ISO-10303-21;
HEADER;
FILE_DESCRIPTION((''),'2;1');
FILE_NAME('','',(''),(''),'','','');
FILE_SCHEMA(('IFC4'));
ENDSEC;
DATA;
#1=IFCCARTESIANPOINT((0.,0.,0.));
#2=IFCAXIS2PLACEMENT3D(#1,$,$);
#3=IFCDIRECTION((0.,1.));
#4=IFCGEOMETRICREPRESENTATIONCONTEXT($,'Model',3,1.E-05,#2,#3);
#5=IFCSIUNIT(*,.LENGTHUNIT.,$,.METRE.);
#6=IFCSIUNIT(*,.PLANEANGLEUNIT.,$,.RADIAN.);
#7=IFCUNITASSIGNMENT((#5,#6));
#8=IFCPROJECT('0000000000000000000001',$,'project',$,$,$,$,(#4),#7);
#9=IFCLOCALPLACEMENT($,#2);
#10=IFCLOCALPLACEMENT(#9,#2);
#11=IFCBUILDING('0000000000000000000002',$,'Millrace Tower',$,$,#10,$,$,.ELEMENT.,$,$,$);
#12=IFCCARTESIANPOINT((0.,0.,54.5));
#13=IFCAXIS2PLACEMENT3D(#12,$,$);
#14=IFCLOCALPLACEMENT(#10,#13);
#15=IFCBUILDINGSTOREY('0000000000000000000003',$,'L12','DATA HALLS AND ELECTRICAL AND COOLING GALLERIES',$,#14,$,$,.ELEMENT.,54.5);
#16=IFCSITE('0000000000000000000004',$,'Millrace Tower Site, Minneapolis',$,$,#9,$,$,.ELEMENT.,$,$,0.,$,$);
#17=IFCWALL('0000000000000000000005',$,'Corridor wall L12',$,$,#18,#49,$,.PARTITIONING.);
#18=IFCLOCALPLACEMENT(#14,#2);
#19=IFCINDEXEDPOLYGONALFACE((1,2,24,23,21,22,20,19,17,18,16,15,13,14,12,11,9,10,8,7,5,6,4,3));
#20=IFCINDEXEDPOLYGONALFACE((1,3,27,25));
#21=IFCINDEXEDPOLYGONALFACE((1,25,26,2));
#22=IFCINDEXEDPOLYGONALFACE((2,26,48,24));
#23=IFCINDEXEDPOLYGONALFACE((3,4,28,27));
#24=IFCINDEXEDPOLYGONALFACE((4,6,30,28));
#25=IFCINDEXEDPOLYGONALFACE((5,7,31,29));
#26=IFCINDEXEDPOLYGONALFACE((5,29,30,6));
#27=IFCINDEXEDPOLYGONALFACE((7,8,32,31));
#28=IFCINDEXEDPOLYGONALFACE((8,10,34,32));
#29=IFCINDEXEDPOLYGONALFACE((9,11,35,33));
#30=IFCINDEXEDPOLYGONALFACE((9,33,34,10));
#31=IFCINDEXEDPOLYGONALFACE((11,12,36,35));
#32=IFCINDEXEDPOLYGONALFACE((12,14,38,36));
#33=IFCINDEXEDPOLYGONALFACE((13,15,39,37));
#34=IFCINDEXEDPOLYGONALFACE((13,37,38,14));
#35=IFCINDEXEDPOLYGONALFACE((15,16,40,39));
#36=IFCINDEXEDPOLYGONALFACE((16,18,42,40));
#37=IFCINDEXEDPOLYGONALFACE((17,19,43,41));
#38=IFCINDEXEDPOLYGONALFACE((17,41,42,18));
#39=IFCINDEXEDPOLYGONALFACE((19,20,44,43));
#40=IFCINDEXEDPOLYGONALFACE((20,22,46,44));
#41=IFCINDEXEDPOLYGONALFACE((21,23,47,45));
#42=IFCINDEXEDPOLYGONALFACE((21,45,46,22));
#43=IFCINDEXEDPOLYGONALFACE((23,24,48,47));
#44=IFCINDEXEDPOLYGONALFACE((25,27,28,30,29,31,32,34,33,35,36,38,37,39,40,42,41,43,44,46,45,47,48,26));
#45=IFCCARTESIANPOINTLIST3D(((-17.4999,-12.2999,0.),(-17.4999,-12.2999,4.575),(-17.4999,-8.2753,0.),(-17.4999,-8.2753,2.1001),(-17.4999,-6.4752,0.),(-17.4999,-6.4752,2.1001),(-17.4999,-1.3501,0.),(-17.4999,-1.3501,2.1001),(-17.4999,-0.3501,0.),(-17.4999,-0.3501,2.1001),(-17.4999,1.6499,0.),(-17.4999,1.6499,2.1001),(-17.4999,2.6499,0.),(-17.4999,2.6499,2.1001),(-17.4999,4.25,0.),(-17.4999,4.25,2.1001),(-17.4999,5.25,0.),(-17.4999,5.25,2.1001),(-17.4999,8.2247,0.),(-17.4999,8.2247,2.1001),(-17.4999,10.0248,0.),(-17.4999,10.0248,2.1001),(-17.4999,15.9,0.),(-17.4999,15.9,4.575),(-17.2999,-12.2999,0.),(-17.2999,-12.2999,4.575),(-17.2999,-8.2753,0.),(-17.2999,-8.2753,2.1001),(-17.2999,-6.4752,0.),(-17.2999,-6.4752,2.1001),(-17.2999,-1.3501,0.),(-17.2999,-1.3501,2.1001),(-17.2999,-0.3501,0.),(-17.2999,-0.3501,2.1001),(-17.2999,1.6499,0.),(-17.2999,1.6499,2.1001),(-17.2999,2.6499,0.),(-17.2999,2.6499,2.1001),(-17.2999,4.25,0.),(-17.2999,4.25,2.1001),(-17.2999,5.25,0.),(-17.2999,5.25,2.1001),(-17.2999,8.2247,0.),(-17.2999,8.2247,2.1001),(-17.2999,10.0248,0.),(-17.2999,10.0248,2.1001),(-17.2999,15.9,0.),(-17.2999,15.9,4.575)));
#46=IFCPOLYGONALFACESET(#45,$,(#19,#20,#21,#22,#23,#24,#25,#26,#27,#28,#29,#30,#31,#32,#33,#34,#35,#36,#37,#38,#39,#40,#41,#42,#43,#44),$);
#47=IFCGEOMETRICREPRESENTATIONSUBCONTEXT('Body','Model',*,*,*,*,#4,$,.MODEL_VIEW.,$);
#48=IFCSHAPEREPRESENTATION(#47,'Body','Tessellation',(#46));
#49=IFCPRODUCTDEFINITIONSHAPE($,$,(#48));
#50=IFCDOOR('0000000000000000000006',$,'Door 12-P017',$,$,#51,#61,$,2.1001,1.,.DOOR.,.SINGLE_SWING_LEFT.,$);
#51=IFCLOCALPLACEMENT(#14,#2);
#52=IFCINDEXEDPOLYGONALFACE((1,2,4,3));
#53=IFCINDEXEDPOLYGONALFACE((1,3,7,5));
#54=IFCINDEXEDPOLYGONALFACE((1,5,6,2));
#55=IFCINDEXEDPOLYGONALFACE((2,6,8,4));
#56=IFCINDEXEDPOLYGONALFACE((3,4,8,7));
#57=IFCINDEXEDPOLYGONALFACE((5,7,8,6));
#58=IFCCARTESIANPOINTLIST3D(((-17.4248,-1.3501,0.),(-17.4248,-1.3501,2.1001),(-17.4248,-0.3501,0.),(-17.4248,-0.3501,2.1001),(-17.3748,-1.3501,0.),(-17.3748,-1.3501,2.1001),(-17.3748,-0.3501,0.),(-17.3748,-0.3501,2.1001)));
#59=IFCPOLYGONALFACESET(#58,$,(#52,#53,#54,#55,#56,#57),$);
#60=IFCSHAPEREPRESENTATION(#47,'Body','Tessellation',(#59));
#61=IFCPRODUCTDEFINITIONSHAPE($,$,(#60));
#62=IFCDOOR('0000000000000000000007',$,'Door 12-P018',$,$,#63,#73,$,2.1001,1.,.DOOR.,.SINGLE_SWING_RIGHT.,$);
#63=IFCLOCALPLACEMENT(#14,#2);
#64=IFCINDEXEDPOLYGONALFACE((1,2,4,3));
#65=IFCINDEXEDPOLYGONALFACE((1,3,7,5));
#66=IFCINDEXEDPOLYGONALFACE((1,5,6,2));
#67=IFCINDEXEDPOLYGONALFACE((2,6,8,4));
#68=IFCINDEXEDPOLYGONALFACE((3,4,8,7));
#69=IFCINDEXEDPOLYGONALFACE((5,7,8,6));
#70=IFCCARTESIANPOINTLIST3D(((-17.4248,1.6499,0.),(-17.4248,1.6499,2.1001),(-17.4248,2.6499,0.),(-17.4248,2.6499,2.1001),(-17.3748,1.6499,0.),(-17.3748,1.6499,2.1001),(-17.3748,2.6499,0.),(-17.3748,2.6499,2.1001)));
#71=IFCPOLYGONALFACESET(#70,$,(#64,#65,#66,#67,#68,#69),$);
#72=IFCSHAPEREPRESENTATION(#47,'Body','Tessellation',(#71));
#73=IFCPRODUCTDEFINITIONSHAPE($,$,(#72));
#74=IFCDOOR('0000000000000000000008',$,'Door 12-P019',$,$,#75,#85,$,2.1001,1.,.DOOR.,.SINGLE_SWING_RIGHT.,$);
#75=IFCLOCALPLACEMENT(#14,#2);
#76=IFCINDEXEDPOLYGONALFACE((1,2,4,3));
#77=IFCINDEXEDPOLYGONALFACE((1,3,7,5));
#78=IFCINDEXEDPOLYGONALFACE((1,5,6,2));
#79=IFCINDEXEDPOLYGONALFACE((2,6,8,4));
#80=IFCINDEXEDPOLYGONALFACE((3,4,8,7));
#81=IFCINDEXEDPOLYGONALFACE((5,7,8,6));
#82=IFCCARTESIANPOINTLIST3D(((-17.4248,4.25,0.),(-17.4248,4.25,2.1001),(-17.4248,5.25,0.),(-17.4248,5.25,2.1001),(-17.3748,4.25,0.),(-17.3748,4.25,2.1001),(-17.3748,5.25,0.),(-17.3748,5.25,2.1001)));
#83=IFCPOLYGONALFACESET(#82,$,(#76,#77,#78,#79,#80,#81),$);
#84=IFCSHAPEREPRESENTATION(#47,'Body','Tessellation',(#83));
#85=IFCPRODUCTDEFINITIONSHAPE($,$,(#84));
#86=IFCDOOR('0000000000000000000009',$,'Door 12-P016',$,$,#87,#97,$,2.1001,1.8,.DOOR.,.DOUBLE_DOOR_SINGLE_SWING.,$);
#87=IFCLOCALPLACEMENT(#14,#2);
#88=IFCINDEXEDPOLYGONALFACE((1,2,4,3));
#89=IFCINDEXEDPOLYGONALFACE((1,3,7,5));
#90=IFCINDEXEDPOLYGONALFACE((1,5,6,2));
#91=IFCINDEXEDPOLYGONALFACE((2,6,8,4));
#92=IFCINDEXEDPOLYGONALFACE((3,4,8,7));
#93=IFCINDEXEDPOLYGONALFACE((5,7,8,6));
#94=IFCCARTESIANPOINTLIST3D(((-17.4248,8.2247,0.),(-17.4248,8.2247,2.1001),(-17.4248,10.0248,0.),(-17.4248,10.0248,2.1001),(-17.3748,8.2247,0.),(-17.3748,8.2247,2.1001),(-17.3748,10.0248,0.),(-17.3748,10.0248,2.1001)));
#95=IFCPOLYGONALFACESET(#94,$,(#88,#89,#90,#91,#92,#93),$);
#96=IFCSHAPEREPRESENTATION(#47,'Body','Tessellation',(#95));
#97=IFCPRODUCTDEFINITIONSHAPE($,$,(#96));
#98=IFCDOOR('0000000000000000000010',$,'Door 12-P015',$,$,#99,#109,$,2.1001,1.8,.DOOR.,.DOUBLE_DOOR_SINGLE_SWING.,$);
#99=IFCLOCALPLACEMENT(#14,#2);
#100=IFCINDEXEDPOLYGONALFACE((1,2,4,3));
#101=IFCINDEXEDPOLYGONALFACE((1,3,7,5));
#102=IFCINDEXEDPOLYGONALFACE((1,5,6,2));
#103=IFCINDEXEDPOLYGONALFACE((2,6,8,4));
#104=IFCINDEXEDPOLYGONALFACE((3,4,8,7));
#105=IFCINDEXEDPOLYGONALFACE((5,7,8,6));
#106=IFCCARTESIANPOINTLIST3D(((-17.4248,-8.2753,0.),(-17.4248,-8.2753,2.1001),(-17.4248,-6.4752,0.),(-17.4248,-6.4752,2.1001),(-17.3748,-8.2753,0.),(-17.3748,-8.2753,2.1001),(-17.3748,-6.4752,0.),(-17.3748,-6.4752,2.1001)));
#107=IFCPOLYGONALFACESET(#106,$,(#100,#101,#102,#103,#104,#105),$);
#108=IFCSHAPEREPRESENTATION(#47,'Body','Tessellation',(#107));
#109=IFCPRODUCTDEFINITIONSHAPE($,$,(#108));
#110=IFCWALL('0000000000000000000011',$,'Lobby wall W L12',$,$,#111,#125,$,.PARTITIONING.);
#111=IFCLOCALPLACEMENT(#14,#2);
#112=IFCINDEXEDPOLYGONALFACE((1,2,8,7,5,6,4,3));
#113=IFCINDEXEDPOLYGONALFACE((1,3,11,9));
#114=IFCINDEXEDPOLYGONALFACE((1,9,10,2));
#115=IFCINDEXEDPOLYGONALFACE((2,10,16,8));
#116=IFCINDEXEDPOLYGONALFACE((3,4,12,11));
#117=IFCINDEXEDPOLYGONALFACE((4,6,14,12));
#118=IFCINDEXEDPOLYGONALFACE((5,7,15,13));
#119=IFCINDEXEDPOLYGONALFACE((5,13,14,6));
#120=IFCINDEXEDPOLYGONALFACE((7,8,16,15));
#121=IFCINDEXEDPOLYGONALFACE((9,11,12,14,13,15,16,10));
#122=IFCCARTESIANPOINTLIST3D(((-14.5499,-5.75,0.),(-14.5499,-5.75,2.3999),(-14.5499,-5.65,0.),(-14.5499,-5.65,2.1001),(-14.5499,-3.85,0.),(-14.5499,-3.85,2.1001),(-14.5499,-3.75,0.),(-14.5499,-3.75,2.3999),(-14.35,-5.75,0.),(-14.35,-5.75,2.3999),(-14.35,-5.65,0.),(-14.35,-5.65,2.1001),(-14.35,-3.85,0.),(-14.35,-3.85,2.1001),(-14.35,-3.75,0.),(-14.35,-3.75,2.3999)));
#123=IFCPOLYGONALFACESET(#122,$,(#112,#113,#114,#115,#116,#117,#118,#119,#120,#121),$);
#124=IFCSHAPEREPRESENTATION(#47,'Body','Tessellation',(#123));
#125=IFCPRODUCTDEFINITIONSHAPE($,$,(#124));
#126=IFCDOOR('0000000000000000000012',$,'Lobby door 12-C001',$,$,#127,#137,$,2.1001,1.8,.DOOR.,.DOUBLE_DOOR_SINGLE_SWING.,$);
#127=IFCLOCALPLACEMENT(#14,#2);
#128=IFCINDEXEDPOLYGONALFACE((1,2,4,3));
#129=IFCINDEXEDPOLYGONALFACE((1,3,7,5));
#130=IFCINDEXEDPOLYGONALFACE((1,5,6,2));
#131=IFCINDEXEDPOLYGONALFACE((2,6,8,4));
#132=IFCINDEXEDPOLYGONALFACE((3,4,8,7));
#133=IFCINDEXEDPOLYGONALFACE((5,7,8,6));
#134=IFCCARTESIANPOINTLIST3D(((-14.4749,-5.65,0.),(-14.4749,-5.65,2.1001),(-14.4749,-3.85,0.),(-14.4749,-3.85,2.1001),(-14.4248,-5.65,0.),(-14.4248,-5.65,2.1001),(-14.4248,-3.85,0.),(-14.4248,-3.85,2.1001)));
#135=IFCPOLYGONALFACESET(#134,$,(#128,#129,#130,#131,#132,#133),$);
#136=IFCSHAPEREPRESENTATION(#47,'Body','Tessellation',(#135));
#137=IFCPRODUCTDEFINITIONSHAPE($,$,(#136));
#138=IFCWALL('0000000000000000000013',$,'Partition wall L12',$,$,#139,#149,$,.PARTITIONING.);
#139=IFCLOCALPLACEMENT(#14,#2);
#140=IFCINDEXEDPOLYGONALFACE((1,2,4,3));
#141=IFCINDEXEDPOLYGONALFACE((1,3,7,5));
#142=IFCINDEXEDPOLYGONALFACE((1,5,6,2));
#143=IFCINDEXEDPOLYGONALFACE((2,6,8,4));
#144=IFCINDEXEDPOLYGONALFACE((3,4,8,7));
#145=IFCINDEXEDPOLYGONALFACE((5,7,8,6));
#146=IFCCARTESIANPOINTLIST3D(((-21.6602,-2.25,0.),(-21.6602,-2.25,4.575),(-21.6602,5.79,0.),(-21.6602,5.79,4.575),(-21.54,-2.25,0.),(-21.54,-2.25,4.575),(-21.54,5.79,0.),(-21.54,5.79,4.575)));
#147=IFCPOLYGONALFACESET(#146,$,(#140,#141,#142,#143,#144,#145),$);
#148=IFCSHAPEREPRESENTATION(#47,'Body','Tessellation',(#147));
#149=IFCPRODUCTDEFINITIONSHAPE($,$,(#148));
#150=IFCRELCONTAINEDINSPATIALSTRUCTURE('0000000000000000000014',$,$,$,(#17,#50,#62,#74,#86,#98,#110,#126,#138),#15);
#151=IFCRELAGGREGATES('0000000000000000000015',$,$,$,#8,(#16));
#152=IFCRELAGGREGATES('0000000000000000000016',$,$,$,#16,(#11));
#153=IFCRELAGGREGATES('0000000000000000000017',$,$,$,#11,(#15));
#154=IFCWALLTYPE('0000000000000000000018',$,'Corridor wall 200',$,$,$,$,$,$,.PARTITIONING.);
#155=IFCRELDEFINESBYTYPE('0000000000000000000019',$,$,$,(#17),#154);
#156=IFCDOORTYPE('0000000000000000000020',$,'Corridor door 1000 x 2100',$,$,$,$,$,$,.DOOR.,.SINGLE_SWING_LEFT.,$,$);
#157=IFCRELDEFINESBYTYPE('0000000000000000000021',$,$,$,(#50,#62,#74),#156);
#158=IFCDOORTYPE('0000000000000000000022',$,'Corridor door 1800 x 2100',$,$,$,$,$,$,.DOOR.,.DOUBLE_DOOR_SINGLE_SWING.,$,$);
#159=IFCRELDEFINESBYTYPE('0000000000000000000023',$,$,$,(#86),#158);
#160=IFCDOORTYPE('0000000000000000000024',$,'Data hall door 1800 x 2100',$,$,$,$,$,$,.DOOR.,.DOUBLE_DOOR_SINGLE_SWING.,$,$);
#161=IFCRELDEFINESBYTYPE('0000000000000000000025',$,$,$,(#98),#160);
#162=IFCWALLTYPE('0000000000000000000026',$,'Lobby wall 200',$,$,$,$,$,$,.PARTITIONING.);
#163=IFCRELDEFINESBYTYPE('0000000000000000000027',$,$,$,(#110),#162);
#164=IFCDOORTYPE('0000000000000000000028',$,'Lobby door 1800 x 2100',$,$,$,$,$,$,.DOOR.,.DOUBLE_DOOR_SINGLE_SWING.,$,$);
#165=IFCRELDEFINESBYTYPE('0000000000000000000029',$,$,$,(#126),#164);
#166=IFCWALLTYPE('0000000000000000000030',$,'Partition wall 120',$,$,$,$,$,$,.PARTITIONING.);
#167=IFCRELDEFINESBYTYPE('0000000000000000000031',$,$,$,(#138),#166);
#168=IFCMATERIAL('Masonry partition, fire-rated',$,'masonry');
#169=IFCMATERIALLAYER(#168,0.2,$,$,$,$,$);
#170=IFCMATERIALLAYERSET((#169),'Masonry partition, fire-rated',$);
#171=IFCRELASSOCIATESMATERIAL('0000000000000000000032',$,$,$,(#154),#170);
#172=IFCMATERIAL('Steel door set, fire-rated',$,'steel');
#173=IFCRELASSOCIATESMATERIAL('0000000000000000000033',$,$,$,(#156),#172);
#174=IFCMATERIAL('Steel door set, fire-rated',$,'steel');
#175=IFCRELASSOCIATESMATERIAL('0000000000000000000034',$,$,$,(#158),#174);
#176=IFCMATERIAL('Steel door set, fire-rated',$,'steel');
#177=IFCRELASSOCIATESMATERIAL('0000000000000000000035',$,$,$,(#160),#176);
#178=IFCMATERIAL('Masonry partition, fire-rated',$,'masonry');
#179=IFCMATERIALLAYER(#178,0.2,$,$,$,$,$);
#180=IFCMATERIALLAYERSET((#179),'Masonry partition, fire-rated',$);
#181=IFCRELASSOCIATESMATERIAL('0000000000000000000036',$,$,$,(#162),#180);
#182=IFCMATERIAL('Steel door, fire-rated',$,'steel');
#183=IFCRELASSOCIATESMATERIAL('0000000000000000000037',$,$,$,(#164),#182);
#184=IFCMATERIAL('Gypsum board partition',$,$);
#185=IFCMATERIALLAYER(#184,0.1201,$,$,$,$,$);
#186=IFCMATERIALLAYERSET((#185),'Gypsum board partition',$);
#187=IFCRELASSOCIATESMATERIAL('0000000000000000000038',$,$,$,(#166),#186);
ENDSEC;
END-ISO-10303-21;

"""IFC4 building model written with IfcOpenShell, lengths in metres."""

from ifc_helpers import new_model, si_unit, direction, frame, frame_2d, origin, place, context, subcontext, project, spatial, rectangle, extrude, material, layer, layer_set, type_object, element, fill, save


model = new_model("IFC4")

# Units and contexts
model_context = context("Model", 3, precision=1e-05, world=origin(), true_north=direction((0.0, 1.0)))
body_context = subcontext(model_context, "Body", "Model", "MODEL_VIEW")
ifc_project = project(units=[si_unit("LENGTHUNIT", "METRE"), si_unit("PLANEANGLEUNIT", "RADIAN")], contexts=[model_context])

# Site, building, storey
site_placement = place(None, origin())
site = spatial("IfcSite", under=ifc_project, at=site_placement, Name="Millrace Tower Site, Minneapolis", CompositionType="ELEMENT", RefElevation=0.0)
building_placement = place(site_placement, origin())
building = spatial("IfcBuilding", under=site, at=building_placement, Name="Millrace Tower", CompositionType="ELEMENT")
storey_placement = place(building_placement, frame((0.0, 0.0, 54.5)))
storey = spatial("IfcBuildingStorey", under=building, at=storey_placement, Name="L12", Description="DATA HALLS AND ELECTRICAL AND COOLING GALLERIES", CompositionType="ELEMENT", Elevation=54.5)

# Wall, openings, doors
ifc_material_1 = material(Name="Masonry partition, fire-rated", Category="masonry")
ifc_layer_1 = layer(ifc_material_1, 0.2)
ifc_layer_set_1 = layer_set([ifc_layer_1], Name="Masonry partition, fire-rated")
wall_type_1 = type_object("IfcWallType", Name="Corridor wall 200", PredefinedType="PARTITIONING", material=ifc_layer_set_1)
wall_1_placement = place(storey_placement, frame((-17.3999, -12.3, 0.0), z_axis=(0.0, 0.0, 1.0), x_axis=(0.0, 1.0, 0.0)))
wall_1 = element("IfcWall", 1, at=wall_1_placement, inside=storey, type_object=wall_type_1, Name="Corridor wall L12", PredefinedType="PARTITIONING", context=body_context, shape_type="SweptSolid", body=[
    extrude(rectangle(XDim=28.2, YDim=0.2, at=frame_2d((14.1001, 0.0))), origin(), (0.0, 0.0, 1.0), 4.575),
])
opening_1_placement = place(wall_1_placement, frame((4.0249, 0.0, 0.0)))
opening_1 = element("IfcOpeningElement", 2, at=opening_1_placement, cuts=wall_1, PredefinedType="OPENING", context=body_context, shape_type="SweptSolid", body=[
    extrude(rectangle(XDim=1.8, YDim=2.1001, at=frame_2d((0.8999, 1.05))), frame((0.0, 0.1099, 0.0), z_axis=(0.0, -1.0, 0.0), x_axis=(1.0, 0.0, 0.0)), (0.0, 0.0, 1.0), 0.22),
])
opening_2_placement = place(wall_1_placement, frame((20.5249, 0.0, 0.0)))
opening_2 = element("IfcOpeningElement", 3, at=opening_2_placement, cuts=wall_1, PredefinedType="OPENING", context=body_context, shape_type="SweptSolid", body=[
    extrude(rectangle(XDim=1.8, YDim=2.1001, at=frame_2d((0.8999, 1.05))), frame((0.0, 0.1099, 0.0), z_axis=(0.0, -1.0, 0.0), x_axis=(1.0, 0.0, 0.0)), (0.0, 0.0, 1.0), 0.22),
])
opening_3_placement = place(wall_1_placement, frame((10.95, 0.0, 0.0)))
opening_3 = element("IfcOpeningElement", 4, at=opening_3_placement, cuts=wall_1, PredefinedType="OPENING", context=body_context, shape_type="SweptSolid", body=[
    extrude(rectangle(XDim=1.0, YDim=2.1001, at=frame_2d((0.5, 1.05))), frame((0.0, 0.1099, 0.0), z_axis=(0.0, -1.0, 0.0), x_axis=(1.0, 0.0, 0.0)), (0.0, 0.0, 1.0), 0.22),
])
opening_4_placement = place(wall_1_placement, frame((13.95, 0.0, 0.0)))
opening_4 = element("IfcOpeningElement", 5, at=opening_4_placement, cuts=wall_1, PredefinedType="OPENING", context=body_context, shape_type="SweptSolid", body=[
    extrude(rectangle(XDim=1.0, YDim=2.1001, at=frame_2d((0.5, 1.05))), frame((0.0, 0.1099, 0.0), z_axis=(0.0, -1.0, 0.0), x_axis=(1.0, 0.0, 0.0)), (0.0, 0.0, 1.0), 0.22),
])
opening_5_placement = place(wall_1_placement, frame((16.55, 0.0, 0.0)))
opening_5 = element("IfcOpeningElement", 6, at=opening_5_placement, cuts=wall_1, PredefinedType="OPENING", context=body_context, shape_type="SweptSolid", body=[
    extrude(rectangle(XDim=1.0, YDim=2.1001, at=frame_2d((0.5, 1.05))), frame((0.0, 0.1099, 0.0), z_axis=(0.0, -1.0, 0.0), x_axis=(1.0, 0.0, 0.0)), (0.0, 0.0, 1.0), 0.22),
])
ifc_material_2 = material(Name="Steel door set, fire-rated", Category="steel")
door_type_1 = type_object("IfcDoorType", Name="Corridor door 1000 x 2100", OperationType="SINGLE_SWING_LEFT", PredefinedType="DOOR", material=ifc_material_2)
door_1_placement = place(opening_3_placement, origin())
door_1 = element("IfcDoor", 7, at=door_1_placement, inside=storey, type_object=door_type_1, Name="Door 12-P017", OperationType="SINGLE_SWING_LEFT", OverallHeight=2.1001, OverallWidth=1.0, PredefinedType="DOOR", context=body_context, shape_type="SweptSolid", body=[
    extrude(rectangle(XDim=1.0, YDim=2.1001, at=frame_2d((0.5, 1.05))), frame((0.0, 0.0249, 0.0), z_axis=(0.0, -1.0, 0.0), x_axis=(1.0, 0.0, 0.0)), (0.0, 0.0, 1.0), 0.05),
])
fill(opening_3, door_1)
door_2_placement = place(opening_4_placement, origin())
door_2 = element("IfcDoor", 8, at=door_2_placement, inside=storey, type_object=door_type_1, Name="Door 12-P018", OperationType="SINGLE_SWING_RIGHT", OverallHeight=2.1001, OverallWidth=1.0, PredefinedType="DOOR", context=body_context, shape_type="SweptSolid", body=[
    extrude(rectangle(XDim=1.0, YDim=2.1001, at=frame_2d((0.5, 1.05))), frame((0.0, 0.0249, 0.0), z_axis=(0.0, -1.0, 0.0), x_axis=(1.0, 0.0, 0.0)), (0.0, 0.0, 1.0), 0.05),
])
fill(opening_4, door_2)
door_3_placement = place(opening_5_placement, origin())
door_3 = element("IfcDoor", 9, at=door_3_placement, inside=storey, type_object=door_type_1, Name="Door 12-P019", OperationType="SINGLE_SWING_RIGHT", OverallHeight=2.1001, OverallWidth=1.0, PredefinedType="DOOR", context=body_context, shape_type="SweptSolid", body=[
    extrude(rectangle(XDim=1.0, YDim=2.1001, at=frame_2d((0.5, 1.05))), frame((0.0, 0.0249, 0.0), z_axis=(0.0, -1.0, 0.0), x_axis=(1.0, 0.0, 0.0)), (0.0, 0.0, 1.0), 0.05),
])
fill(opening_5, door_3)
ifc_material_3 = material(Name="Steel door set, fire-rated", Category="steel")
door_type_2 = type_object("IfcDoorType", Name="Corridor door 1800 x 2100", OperationType="DOUBLE_DOOR_SINGLE_SWING", PredefinedType="DOOR", material=ifc_material_3)
door_4_placement = place(opening_2_placement, origin())
door_4 = element("IfcDoor", 10, at=door_4_placement, inside=storey, type_object=door_type_2, Name="Door 12-P016", OperationType="DOUBLE_DOOR_SINGLE_SWING", OverallHeight=2.1001, OverallWidth=1.8, PredefinedType="DOOR", context=body_context, shape_type="SweptSolid", body=[
    extrude(rectangle(XDim=1.8, YDim=2.1001, at=frame_2d((0.8999, 1.05))), frame((0.0, 0.0249, 0.0), z_axis=(0.0, -1.0, 0.0), x_axis=(1.0, 0.0, 0.0)), (0.0, 0.0, 1.0), 0.05),
])
fill(opening_2, door_4)
ifc_material_4 = material(Name="Steel door set, fire-rated", Category="steel")
door_type_3 = type_object("IfcDoorType", Name="Data hall door 1800 x 2100", OperationType="DOUBLE_DOOR_SINGLE_SWING", PredefinedType="DOOR", material=ifc_material_4)
door_5_placement = place(opening_1_placement, origin())
door_5 = element("IfcDoor", 11, at=door_5_placement, inside=storey, type_object=door_type_3, Name="Door 12-P015", OperationType="DOUBLE_DOOR_SINGLE_SWING", OverallHeight=2.1001, OverallWidth=1.8, PredefinedType="DOOR", context=body_context, shape_type="SweptSolid", body=[
    extrude(rectangle(XDim=1.8, YDim=2.1001, at=frame_2d((0.8999, 1.05))), frame((0.0, 0.0249, 0.0), z_axis=(0.0, -1.0, 0.0), x_axis=(1.0, 0.0, 0.0)), (0.0, 0.0, 1.0), 0.05),
])
fill(opening_1, door_5)

# Wall, opening, door
ifc_material_5 = material(Name="Masonry partition, fire-rated", Category="masonry")
ifc_layer_2 = layer(ifc_material_5, 0.2)
ifc_layer_set_2 = layer_set([ifc_layer_2], Name="Masonry partition, fire-rated")
wall_type_2 = type_object("IfcWallType", Name="Lobby wall 200", PredefinedType="PARTITIONING", material=ifc_layer_set_2)
wall_2_placement = place(storey_placement, frame((-14.45, -5.75, 0.0), z_axis=(0.0, 0.0, 1.0), x_axis=(0.0, 1.0, 0.0)))
wall_2 = element("IfcWall", 12, at=wall_2_placement, inside=storey, type_object=wall_type_2, Name="Lobby wall W L12", PredefinedType="PARTITIONING", context=body_context, shape_type="SweptSolid", body=[
    extrude(rectangle(XDim=2.0, YDim=0.2, at=frame_2d((1.0, 0.0))), origin(), (0.0, 0.0, 1.0), 2.3999),
])
opening_6_placement = place(wall_2_placement, frame((0.1001, 0.0, 0.0)))
opening_6 = element("IfcOpeningElement", 13, at=opening_6_placement, cuts=wall_2, PredefinedType="OPENING", context=body_context, shape_type="SweptSolid", body=[
    extrude(rectangle(XDim=1.8, YDim=2.1001, at=frame_2d((0.8999, 1.05))), frame((0.0, 0.1099, 0.0), z_axis=(0.0, -1.0, 0.0), x_axis=(1.0, 0.0, 0.0)), (0.0, 0.0, 1.0), 0.22),
])
ifc_material_6 = material(Name="Steel door, fire-rated", Category="steel")
door_type_4 = type_object("IfcDoorType", Name="Lobby door 1800 x 2100", OperationType="DOUBLE_DOOR_SINGLE_SWING", PredefinedType="DOOR", material=ifc_material_6)
door_6_placement = place(opening_6_placement, origin())
door_6 = element("IfcDoor", 14, at=door_6_placement, inside=storey, type_object=door_type_4, Name="Lobby door 12-C001", OperationType="DOUBLE_DOOR_SINGLE_SWING", OverallHeight=2.1001, OverallWidth=1.8, PredefinedType="DOOR", context=body_context, shape_type="SweptSolid", body=[
    extrude(rectangle(XDim=1.8, YDim=2.1001, at=frame_2d((0.8999, 1.05))), frame((0.0, 0.0249, 0.0), z_axis=(0.0, -1.0, 0.0), x_axis=(1.0, 0.0, 0.0)), (0.0, 0.0, 1.0), 0.05),
])
fill(opening_6, door_6)

# Wall
ifc_material_7 = material(Name="Gypsum board partition")
ifc_layer_3 = layer(ifc_material_7, 0.1201)
ifc_layer_set_3 = layer_set([ifc_layer_3], Name="Gypsum board partition")
wall_type_3 = type_object("IfcWallType", Name="Partition wall 120", PredefinedType="PARTITIONING", material=ifc_layer_set_3)
wall_3_placement = place(storey_placement, frame((-21.6001, -2.25, 0.0), z_axis=(0.0, 0.0, 1.0), x_axis=(0.0, 1.0, 0.0)))
element("IfcWall", 15, at=wall_3_placement, inside=storey, type_object=wall_type_3, Name="Partition wall L12", PredefinedType="PARTITIONING", context=body_context, shape_type="SweptSolid", body=[
    extrude(rectangle(XDim=8.04, YDim=0.1201, at=frame_2d((4.02, 0.0))), origin(), (0.0, 0.0, 1.0), 4.575),
])

save(model, "model.ifc")
